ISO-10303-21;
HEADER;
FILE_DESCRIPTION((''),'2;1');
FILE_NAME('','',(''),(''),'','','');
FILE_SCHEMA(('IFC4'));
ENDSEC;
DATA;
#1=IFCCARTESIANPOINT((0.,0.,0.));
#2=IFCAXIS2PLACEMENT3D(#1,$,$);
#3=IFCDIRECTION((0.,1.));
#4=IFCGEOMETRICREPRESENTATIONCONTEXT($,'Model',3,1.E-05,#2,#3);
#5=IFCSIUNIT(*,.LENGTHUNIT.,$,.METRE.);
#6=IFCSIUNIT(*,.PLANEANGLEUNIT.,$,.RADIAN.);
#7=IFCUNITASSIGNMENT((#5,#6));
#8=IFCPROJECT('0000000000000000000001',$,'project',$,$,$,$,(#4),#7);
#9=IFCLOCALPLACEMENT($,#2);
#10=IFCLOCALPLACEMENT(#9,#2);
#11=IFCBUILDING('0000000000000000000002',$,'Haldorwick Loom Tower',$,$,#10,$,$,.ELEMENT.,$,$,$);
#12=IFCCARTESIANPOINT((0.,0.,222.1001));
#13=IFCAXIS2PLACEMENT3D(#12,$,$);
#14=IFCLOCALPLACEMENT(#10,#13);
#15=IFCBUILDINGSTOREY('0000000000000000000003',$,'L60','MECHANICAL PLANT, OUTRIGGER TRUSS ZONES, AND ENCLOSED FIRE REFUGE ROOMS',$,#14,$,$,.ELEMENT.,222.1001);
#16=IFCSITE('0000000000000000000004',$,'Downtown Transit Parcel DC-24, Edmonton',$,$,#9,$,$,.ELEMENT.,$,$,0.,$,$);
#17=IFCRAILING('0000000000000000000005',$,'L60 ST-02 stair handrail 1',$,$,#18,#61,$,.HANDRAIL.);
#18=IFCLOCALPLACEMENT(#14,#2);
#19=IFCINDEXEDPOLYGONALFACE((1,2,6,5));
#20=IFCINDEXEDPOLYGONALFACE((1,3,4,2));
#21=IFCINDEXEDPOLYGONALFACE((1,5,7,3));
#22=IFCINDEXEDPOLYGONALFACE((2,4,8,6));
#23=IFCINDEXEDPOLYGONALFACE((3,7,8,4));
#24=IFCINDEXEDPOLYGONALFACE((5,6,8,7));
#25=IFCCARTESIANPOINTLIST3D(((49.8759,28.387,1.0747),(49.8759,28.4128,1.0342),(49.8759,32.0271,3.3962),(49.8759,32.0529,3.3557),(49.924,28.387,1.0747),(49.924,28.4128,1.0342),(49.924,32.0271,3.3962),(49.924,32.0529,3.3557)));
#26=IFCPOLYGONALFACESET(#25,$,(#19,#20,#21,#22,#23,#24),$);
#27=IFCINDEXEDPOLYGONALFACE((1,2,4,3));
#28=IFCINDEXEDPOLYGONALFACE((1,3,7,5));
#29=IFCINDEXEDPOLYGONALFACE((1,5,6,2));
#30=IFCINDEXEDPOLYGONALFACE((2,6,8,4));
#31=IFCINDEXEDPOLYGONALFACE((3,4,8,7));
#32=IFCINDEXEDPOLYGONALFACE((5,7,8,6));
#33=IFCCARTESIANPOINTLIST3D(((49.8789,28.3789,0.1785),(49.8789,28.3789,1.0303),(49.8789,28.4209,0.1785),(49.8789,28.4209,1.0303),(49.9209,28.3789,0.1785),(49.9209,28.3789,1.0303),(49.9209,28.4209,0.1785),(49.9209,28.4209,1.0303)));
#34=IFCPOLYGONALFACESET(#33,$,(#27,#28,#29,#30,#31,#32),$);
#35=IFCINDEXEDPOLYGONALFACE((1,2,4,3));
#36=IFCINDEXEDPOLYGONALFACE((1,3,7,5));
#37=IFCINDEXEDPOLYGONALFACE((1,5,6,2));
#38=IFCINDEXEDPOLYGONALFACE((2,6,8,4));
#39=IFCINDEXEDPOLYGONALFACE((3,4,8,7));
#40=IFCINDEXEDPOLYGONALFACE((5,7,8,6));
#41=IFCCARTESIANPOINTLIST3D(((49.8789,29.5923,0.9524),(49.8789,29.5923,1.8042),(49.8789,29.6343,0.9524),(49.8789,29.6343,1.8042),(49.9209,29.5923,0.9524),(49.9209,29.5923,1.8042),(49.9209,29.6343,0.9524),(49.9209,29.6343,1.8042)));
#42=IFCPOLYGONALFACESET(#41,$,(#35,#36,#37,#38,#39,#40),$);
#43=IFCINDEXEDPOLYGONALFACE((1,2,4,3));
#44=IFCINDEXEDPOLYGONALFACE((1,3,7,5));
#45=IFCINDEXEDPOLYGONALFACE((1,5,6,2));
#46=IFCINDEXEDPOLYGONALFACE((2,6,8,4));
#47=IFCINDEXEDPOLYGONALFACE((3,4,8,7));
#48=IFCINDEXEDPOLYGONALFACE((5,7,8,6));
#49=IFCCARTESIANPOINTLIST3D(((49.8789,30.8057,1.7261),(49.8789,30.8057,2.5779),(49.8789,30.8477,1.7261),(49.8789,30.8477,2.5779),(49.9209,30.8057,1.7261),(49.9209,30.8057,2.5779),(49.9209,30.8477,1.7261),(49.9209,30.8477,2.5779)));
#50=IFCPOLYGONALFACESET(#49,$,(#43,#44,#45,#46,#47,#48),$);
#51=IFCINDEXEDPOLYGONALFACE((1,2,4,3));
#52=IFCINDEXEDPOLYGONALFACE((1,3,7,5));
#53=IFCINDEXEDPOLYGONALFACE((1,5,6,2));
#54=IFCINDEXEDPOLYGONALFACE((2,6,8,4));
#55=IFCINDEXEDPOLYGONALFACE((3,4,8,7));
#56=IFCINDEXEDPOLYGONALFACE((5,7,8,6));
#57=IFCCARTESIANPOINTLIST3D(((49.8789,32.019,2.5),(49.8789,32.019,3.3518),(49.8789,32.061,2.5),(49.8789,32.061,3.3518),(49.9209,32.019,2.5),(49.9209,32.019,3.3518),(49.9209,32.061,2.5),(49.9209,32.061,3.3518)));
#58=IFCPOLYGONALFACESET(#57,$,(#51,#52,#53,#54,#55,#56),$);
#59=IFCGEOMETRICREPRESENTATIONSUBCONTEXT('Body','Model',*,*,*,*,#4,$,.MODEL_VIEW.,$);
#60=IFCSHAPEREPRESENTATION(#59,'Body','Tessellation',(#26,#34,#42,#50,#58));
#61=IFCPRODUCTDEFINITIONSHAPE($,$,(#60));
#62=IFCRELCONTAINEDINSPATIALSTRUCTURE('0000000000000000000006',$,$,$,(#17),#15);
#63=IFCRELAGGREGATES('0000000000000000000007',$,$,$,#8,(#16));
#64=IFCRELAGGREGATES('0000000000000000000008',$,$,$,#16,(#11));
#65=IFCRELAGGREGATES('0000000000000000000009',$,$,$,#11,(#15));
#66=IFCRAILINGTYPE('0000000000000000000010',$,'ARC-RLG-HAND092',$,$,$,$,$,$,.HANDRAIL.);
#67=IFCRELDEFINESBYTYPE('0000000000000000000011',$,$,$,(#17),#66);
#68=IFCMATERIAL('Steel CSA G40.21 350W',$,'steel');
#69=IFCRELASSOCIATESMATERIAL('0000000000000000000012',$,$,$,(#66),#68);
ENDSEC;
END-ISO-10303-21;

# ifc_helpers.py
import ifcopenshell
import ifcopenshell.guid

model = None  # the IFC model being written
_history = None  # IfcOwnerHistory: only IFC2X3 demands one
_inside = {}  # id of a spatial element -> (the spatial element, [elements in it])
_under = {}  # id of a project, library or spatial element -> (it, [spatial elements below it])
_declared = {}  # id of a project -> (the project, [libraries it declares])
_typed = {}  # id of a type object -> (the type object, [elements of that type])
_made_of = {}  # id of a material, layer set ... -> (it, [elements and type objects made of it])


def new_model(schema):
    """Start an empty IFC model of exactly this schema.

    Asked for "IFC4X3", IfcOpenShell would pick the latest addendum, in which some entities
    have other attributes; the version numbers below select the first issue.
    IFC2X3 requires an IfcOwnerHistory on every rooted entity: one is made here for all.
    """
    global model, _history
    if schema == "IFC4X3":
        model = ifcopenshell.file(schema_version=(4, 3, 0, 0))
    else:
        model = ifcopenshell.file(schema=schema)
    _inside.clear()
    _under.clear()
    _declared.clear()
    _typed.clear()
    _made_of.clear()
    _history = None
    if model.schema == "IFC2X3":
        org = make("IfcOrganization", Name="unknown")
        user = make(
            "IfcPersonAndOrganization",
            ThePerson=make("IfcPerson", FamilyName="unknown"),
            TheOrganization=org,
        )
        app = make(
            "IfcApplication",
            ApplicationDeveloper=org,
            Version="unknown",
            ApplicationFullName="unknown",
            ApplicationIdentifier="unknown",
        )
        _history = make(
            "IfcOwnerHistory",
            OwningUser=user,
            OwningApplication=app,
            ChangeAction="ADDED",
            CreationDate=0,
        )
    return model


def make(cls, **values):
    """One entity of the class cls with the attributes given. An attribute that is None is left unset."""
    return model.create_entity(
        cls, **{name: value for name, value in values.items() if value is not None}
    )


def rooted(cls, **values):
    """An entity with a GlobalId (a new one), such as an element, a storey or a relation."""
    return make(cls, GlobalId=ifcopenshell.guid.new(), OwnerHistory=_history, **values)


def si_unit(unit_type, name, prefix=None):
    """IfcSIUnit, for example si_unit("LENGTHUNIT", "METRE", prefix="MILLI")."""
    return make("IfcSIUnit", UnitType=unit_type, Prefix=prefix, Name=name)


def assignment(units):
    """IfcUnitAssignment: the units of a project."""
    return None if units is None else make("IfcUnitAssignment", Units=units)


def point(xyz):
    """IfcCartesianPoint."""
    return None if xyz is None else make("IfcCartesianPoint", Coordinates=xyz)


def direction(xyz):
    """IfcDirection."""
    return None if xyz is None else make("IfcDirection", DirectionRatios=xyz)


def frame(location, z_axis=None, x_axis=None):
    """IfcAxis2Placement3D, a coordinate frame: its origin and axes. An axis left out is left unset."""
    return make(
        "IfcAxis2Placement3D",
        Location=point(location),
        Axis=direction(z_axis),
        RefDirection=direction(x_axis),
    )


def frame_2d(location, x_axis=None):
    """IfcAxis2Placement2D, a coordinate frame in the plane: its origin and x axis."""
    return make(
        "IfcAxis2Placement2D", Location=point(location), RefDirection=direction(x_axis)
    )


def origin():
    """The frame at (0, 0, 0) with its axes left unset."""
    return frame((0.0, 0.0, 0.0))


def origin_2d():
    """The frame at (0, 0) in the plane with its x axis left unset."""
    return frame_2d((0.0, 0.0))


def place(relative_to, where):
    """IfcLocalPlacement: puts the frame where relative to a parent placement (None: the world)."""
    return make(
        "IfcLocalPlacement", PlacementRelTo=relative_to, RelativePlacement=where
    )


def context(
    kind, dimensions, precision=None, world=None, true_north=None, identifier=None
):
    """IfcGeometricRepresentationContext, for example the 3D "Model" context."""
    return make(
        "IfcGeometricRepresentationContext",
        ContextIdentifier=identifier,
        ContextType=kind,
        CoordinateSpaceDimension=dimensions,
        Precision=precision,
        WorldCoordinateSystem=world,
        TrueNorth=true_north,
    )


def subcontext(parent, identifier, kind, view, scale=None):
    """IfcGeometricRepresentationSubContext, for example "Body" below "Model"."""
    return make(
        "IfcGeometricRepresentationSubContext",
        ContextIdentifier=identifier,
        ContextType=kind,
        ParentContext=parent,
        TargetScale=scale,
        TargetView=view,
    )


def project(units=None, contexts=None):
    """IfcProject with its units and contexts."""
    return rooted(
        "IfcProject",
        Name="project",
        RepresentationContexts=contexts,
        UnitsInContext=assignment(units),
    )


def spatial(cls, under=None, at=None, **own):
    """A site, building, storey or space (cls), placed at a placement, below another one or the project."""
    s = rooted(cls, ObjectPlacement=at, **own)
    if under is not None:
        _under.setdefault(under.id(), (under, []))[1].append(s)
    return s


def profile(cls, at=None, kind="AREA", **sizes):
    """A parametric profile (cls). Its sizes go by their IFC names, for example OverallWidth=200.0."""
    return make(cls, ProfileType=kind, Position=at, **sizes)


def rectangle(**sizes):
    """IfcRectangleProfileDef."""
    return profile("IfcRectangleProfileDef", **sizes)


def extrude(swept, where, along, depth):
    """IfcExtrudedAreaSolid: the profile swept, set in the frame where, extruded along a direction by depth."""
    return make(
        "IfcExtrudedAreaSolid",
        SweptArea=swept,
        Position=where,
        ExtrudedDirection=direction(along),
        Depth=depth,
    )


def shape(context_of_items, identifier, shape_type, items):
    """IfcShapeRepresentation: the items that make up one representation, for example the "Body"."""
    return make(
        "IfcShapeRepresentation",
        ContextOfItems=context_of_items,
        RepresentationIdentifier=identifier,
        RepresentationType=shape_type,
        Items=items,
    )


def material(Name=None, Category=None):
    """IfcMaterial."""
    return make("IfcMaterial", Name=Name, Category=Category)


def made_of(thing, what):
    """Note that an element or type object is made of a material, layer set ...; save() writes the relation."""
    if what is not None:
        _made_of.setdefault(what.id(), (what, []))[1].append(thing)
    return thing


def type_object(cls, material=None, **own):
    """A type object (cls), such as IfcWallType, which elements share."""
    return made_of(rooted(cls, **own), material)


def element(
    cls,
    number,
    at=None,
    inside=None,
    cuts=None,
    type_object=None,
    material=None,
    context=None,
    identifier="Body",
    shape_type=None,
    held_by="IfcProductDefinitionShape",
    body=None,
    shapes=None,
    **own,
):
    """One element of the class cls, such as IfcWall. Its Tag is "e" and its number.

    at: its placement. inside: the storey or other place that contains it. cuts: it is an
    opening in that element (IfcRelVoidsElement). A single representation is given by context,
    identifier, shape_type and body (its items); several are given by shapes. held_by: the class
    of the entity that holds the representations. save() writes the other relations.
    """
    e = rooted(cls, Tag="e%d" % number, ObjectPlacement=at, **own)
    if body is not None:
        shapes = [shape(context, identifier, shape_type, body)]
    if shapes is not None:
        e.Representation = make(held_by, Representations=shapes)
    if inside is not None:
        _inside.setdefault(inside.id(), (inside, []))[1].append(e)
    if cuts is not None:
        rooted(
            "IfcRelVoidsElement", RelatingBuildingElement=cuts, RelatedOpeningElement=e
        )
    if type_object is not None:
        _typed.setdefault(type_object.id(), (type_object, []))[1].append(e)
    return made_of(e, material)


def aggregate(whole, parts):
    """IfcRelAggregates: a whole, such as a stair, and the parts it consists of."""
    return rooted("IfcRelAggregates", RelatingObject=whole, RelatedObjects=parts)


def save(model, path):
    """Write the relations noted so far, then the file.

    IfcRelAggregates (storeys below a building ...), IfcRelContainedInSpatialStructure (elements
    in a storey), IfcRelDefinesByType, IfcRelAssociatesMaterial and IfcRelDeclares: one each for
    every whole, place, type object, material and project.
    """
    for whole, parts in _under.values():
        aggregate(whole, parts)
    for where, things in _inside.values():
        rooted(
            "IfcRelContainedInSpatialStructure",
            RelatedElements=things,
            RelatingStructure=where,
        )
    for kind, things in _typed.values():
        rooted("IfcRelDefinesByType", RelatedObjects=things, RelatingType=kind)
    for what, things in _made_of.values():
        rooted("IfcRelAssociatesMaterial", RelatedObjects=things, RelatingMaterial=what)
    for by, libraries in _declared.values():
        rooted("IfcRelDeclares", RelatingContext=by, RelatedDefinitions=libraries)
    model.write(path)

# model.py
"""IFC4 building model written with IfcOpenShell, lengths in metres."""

from ifc_helpers import new_model, si_unit, direction, frame, origin, origin_2d, place, context, subcontext, project, spatial, rectangle, extrude, material, type_object, element, save


model = new_model("IFC4")

# Units and contexts
model_context = context("Model", 3, precision=1e-05, world=origin(), true_north=direction((0.0, 1.0)))
body_context = subcontext(model_context, "Body", "Model", "MODEL_VIEW")
ifc_project = project(units=[si_unit("LENGTHUNIT", "METRE"), si_unit("PLANEANGLEUNIT", "RADIAN")], contexts=[model_context])

# Site, building, storey
site_placement = place(None, origin())
site = spatial("IfcSite", under=ifc_project, at=site_placement, Name="Downtown Transit Parcel DC-24, Edmonton", CompositionType="ELEMENT", RefElevation=0.0)
building_placement = place(site_placement, origin())
building = spatial("IfcBuilding", under=site, at=building_placement, Name="Haldorwick Loom Tower", CompositionType="ELEMENT")
storey_placement = place(building_placement, frame((0.0, 0.0, 222.1001)))
storey = spatial("IfcBuildingStorey", under=building, at=storey_placement, Name="L60", Description="MECHANICAL PLANT, OUTRIGGER TRUSS ZONES, AND ENCLOSED FIRE REFUGE ROOMS", CompositionType="ELEMENT", Elevation=222.1001)

# Shared definitions
ifc_material_1 = material(Name="Steel CSA G40.21 350W", Category="steel")

# Railing
railing_type_1 = type_object("IfcRailingType", Name="ARC-RLG-HAND092", PredefinedType="HANDRAIL", material=ifc_material_1)
railing_1_placement = place(storey_placement, frame((49.8999, 28.3999, 0.1785)))
element("IfcRailing", 1, at=railing_1_placement, inside=storey, type_object=railing_type_1, Name="L60 ST-02 stair handrail 1", PredefinedType="HANDRAIL", context=body_context, shape_type="SweptSolid", body=[
    extrude(rectangle(XDim=0.0481, YDim=0.0481, at=origin_2d()), frame((0.0, 0.0, 0.876), z_axis=(0.0, 0.843128, 0.537713), x_axis=(-1.0, 0.0, 0.0)), (0.0, 0.0, 1.0), 4.3174),
    extrude(rectangle(XDim=0.042, YDim=0.042, at=origin_2d()), origin(), (0.0, 0.0, 1.0), 0.8518),
    extrude(rectangle(XDim=0.042, YDim=0.042, at=origin_2d()), frame((0.0, 1.2134, 0.7739)), (0.0, 0.0, 1.0), 0.8518),
    extrude(rectangle(XDim=0.042, YDim=0.042, at=origin_2d()), frame((0.0, 2.4268, 1.5476)), (0.0, 0.0, 1.0), 0.8518),
    extrude(rectangle(XDim=0.042, YDim=0.042, at=origin_2d()), frame((0.0, 3.6401, 2.3215)), (0.0, 0.0, 1.0), 0.8518),
])

save(model, "model.ifc")
